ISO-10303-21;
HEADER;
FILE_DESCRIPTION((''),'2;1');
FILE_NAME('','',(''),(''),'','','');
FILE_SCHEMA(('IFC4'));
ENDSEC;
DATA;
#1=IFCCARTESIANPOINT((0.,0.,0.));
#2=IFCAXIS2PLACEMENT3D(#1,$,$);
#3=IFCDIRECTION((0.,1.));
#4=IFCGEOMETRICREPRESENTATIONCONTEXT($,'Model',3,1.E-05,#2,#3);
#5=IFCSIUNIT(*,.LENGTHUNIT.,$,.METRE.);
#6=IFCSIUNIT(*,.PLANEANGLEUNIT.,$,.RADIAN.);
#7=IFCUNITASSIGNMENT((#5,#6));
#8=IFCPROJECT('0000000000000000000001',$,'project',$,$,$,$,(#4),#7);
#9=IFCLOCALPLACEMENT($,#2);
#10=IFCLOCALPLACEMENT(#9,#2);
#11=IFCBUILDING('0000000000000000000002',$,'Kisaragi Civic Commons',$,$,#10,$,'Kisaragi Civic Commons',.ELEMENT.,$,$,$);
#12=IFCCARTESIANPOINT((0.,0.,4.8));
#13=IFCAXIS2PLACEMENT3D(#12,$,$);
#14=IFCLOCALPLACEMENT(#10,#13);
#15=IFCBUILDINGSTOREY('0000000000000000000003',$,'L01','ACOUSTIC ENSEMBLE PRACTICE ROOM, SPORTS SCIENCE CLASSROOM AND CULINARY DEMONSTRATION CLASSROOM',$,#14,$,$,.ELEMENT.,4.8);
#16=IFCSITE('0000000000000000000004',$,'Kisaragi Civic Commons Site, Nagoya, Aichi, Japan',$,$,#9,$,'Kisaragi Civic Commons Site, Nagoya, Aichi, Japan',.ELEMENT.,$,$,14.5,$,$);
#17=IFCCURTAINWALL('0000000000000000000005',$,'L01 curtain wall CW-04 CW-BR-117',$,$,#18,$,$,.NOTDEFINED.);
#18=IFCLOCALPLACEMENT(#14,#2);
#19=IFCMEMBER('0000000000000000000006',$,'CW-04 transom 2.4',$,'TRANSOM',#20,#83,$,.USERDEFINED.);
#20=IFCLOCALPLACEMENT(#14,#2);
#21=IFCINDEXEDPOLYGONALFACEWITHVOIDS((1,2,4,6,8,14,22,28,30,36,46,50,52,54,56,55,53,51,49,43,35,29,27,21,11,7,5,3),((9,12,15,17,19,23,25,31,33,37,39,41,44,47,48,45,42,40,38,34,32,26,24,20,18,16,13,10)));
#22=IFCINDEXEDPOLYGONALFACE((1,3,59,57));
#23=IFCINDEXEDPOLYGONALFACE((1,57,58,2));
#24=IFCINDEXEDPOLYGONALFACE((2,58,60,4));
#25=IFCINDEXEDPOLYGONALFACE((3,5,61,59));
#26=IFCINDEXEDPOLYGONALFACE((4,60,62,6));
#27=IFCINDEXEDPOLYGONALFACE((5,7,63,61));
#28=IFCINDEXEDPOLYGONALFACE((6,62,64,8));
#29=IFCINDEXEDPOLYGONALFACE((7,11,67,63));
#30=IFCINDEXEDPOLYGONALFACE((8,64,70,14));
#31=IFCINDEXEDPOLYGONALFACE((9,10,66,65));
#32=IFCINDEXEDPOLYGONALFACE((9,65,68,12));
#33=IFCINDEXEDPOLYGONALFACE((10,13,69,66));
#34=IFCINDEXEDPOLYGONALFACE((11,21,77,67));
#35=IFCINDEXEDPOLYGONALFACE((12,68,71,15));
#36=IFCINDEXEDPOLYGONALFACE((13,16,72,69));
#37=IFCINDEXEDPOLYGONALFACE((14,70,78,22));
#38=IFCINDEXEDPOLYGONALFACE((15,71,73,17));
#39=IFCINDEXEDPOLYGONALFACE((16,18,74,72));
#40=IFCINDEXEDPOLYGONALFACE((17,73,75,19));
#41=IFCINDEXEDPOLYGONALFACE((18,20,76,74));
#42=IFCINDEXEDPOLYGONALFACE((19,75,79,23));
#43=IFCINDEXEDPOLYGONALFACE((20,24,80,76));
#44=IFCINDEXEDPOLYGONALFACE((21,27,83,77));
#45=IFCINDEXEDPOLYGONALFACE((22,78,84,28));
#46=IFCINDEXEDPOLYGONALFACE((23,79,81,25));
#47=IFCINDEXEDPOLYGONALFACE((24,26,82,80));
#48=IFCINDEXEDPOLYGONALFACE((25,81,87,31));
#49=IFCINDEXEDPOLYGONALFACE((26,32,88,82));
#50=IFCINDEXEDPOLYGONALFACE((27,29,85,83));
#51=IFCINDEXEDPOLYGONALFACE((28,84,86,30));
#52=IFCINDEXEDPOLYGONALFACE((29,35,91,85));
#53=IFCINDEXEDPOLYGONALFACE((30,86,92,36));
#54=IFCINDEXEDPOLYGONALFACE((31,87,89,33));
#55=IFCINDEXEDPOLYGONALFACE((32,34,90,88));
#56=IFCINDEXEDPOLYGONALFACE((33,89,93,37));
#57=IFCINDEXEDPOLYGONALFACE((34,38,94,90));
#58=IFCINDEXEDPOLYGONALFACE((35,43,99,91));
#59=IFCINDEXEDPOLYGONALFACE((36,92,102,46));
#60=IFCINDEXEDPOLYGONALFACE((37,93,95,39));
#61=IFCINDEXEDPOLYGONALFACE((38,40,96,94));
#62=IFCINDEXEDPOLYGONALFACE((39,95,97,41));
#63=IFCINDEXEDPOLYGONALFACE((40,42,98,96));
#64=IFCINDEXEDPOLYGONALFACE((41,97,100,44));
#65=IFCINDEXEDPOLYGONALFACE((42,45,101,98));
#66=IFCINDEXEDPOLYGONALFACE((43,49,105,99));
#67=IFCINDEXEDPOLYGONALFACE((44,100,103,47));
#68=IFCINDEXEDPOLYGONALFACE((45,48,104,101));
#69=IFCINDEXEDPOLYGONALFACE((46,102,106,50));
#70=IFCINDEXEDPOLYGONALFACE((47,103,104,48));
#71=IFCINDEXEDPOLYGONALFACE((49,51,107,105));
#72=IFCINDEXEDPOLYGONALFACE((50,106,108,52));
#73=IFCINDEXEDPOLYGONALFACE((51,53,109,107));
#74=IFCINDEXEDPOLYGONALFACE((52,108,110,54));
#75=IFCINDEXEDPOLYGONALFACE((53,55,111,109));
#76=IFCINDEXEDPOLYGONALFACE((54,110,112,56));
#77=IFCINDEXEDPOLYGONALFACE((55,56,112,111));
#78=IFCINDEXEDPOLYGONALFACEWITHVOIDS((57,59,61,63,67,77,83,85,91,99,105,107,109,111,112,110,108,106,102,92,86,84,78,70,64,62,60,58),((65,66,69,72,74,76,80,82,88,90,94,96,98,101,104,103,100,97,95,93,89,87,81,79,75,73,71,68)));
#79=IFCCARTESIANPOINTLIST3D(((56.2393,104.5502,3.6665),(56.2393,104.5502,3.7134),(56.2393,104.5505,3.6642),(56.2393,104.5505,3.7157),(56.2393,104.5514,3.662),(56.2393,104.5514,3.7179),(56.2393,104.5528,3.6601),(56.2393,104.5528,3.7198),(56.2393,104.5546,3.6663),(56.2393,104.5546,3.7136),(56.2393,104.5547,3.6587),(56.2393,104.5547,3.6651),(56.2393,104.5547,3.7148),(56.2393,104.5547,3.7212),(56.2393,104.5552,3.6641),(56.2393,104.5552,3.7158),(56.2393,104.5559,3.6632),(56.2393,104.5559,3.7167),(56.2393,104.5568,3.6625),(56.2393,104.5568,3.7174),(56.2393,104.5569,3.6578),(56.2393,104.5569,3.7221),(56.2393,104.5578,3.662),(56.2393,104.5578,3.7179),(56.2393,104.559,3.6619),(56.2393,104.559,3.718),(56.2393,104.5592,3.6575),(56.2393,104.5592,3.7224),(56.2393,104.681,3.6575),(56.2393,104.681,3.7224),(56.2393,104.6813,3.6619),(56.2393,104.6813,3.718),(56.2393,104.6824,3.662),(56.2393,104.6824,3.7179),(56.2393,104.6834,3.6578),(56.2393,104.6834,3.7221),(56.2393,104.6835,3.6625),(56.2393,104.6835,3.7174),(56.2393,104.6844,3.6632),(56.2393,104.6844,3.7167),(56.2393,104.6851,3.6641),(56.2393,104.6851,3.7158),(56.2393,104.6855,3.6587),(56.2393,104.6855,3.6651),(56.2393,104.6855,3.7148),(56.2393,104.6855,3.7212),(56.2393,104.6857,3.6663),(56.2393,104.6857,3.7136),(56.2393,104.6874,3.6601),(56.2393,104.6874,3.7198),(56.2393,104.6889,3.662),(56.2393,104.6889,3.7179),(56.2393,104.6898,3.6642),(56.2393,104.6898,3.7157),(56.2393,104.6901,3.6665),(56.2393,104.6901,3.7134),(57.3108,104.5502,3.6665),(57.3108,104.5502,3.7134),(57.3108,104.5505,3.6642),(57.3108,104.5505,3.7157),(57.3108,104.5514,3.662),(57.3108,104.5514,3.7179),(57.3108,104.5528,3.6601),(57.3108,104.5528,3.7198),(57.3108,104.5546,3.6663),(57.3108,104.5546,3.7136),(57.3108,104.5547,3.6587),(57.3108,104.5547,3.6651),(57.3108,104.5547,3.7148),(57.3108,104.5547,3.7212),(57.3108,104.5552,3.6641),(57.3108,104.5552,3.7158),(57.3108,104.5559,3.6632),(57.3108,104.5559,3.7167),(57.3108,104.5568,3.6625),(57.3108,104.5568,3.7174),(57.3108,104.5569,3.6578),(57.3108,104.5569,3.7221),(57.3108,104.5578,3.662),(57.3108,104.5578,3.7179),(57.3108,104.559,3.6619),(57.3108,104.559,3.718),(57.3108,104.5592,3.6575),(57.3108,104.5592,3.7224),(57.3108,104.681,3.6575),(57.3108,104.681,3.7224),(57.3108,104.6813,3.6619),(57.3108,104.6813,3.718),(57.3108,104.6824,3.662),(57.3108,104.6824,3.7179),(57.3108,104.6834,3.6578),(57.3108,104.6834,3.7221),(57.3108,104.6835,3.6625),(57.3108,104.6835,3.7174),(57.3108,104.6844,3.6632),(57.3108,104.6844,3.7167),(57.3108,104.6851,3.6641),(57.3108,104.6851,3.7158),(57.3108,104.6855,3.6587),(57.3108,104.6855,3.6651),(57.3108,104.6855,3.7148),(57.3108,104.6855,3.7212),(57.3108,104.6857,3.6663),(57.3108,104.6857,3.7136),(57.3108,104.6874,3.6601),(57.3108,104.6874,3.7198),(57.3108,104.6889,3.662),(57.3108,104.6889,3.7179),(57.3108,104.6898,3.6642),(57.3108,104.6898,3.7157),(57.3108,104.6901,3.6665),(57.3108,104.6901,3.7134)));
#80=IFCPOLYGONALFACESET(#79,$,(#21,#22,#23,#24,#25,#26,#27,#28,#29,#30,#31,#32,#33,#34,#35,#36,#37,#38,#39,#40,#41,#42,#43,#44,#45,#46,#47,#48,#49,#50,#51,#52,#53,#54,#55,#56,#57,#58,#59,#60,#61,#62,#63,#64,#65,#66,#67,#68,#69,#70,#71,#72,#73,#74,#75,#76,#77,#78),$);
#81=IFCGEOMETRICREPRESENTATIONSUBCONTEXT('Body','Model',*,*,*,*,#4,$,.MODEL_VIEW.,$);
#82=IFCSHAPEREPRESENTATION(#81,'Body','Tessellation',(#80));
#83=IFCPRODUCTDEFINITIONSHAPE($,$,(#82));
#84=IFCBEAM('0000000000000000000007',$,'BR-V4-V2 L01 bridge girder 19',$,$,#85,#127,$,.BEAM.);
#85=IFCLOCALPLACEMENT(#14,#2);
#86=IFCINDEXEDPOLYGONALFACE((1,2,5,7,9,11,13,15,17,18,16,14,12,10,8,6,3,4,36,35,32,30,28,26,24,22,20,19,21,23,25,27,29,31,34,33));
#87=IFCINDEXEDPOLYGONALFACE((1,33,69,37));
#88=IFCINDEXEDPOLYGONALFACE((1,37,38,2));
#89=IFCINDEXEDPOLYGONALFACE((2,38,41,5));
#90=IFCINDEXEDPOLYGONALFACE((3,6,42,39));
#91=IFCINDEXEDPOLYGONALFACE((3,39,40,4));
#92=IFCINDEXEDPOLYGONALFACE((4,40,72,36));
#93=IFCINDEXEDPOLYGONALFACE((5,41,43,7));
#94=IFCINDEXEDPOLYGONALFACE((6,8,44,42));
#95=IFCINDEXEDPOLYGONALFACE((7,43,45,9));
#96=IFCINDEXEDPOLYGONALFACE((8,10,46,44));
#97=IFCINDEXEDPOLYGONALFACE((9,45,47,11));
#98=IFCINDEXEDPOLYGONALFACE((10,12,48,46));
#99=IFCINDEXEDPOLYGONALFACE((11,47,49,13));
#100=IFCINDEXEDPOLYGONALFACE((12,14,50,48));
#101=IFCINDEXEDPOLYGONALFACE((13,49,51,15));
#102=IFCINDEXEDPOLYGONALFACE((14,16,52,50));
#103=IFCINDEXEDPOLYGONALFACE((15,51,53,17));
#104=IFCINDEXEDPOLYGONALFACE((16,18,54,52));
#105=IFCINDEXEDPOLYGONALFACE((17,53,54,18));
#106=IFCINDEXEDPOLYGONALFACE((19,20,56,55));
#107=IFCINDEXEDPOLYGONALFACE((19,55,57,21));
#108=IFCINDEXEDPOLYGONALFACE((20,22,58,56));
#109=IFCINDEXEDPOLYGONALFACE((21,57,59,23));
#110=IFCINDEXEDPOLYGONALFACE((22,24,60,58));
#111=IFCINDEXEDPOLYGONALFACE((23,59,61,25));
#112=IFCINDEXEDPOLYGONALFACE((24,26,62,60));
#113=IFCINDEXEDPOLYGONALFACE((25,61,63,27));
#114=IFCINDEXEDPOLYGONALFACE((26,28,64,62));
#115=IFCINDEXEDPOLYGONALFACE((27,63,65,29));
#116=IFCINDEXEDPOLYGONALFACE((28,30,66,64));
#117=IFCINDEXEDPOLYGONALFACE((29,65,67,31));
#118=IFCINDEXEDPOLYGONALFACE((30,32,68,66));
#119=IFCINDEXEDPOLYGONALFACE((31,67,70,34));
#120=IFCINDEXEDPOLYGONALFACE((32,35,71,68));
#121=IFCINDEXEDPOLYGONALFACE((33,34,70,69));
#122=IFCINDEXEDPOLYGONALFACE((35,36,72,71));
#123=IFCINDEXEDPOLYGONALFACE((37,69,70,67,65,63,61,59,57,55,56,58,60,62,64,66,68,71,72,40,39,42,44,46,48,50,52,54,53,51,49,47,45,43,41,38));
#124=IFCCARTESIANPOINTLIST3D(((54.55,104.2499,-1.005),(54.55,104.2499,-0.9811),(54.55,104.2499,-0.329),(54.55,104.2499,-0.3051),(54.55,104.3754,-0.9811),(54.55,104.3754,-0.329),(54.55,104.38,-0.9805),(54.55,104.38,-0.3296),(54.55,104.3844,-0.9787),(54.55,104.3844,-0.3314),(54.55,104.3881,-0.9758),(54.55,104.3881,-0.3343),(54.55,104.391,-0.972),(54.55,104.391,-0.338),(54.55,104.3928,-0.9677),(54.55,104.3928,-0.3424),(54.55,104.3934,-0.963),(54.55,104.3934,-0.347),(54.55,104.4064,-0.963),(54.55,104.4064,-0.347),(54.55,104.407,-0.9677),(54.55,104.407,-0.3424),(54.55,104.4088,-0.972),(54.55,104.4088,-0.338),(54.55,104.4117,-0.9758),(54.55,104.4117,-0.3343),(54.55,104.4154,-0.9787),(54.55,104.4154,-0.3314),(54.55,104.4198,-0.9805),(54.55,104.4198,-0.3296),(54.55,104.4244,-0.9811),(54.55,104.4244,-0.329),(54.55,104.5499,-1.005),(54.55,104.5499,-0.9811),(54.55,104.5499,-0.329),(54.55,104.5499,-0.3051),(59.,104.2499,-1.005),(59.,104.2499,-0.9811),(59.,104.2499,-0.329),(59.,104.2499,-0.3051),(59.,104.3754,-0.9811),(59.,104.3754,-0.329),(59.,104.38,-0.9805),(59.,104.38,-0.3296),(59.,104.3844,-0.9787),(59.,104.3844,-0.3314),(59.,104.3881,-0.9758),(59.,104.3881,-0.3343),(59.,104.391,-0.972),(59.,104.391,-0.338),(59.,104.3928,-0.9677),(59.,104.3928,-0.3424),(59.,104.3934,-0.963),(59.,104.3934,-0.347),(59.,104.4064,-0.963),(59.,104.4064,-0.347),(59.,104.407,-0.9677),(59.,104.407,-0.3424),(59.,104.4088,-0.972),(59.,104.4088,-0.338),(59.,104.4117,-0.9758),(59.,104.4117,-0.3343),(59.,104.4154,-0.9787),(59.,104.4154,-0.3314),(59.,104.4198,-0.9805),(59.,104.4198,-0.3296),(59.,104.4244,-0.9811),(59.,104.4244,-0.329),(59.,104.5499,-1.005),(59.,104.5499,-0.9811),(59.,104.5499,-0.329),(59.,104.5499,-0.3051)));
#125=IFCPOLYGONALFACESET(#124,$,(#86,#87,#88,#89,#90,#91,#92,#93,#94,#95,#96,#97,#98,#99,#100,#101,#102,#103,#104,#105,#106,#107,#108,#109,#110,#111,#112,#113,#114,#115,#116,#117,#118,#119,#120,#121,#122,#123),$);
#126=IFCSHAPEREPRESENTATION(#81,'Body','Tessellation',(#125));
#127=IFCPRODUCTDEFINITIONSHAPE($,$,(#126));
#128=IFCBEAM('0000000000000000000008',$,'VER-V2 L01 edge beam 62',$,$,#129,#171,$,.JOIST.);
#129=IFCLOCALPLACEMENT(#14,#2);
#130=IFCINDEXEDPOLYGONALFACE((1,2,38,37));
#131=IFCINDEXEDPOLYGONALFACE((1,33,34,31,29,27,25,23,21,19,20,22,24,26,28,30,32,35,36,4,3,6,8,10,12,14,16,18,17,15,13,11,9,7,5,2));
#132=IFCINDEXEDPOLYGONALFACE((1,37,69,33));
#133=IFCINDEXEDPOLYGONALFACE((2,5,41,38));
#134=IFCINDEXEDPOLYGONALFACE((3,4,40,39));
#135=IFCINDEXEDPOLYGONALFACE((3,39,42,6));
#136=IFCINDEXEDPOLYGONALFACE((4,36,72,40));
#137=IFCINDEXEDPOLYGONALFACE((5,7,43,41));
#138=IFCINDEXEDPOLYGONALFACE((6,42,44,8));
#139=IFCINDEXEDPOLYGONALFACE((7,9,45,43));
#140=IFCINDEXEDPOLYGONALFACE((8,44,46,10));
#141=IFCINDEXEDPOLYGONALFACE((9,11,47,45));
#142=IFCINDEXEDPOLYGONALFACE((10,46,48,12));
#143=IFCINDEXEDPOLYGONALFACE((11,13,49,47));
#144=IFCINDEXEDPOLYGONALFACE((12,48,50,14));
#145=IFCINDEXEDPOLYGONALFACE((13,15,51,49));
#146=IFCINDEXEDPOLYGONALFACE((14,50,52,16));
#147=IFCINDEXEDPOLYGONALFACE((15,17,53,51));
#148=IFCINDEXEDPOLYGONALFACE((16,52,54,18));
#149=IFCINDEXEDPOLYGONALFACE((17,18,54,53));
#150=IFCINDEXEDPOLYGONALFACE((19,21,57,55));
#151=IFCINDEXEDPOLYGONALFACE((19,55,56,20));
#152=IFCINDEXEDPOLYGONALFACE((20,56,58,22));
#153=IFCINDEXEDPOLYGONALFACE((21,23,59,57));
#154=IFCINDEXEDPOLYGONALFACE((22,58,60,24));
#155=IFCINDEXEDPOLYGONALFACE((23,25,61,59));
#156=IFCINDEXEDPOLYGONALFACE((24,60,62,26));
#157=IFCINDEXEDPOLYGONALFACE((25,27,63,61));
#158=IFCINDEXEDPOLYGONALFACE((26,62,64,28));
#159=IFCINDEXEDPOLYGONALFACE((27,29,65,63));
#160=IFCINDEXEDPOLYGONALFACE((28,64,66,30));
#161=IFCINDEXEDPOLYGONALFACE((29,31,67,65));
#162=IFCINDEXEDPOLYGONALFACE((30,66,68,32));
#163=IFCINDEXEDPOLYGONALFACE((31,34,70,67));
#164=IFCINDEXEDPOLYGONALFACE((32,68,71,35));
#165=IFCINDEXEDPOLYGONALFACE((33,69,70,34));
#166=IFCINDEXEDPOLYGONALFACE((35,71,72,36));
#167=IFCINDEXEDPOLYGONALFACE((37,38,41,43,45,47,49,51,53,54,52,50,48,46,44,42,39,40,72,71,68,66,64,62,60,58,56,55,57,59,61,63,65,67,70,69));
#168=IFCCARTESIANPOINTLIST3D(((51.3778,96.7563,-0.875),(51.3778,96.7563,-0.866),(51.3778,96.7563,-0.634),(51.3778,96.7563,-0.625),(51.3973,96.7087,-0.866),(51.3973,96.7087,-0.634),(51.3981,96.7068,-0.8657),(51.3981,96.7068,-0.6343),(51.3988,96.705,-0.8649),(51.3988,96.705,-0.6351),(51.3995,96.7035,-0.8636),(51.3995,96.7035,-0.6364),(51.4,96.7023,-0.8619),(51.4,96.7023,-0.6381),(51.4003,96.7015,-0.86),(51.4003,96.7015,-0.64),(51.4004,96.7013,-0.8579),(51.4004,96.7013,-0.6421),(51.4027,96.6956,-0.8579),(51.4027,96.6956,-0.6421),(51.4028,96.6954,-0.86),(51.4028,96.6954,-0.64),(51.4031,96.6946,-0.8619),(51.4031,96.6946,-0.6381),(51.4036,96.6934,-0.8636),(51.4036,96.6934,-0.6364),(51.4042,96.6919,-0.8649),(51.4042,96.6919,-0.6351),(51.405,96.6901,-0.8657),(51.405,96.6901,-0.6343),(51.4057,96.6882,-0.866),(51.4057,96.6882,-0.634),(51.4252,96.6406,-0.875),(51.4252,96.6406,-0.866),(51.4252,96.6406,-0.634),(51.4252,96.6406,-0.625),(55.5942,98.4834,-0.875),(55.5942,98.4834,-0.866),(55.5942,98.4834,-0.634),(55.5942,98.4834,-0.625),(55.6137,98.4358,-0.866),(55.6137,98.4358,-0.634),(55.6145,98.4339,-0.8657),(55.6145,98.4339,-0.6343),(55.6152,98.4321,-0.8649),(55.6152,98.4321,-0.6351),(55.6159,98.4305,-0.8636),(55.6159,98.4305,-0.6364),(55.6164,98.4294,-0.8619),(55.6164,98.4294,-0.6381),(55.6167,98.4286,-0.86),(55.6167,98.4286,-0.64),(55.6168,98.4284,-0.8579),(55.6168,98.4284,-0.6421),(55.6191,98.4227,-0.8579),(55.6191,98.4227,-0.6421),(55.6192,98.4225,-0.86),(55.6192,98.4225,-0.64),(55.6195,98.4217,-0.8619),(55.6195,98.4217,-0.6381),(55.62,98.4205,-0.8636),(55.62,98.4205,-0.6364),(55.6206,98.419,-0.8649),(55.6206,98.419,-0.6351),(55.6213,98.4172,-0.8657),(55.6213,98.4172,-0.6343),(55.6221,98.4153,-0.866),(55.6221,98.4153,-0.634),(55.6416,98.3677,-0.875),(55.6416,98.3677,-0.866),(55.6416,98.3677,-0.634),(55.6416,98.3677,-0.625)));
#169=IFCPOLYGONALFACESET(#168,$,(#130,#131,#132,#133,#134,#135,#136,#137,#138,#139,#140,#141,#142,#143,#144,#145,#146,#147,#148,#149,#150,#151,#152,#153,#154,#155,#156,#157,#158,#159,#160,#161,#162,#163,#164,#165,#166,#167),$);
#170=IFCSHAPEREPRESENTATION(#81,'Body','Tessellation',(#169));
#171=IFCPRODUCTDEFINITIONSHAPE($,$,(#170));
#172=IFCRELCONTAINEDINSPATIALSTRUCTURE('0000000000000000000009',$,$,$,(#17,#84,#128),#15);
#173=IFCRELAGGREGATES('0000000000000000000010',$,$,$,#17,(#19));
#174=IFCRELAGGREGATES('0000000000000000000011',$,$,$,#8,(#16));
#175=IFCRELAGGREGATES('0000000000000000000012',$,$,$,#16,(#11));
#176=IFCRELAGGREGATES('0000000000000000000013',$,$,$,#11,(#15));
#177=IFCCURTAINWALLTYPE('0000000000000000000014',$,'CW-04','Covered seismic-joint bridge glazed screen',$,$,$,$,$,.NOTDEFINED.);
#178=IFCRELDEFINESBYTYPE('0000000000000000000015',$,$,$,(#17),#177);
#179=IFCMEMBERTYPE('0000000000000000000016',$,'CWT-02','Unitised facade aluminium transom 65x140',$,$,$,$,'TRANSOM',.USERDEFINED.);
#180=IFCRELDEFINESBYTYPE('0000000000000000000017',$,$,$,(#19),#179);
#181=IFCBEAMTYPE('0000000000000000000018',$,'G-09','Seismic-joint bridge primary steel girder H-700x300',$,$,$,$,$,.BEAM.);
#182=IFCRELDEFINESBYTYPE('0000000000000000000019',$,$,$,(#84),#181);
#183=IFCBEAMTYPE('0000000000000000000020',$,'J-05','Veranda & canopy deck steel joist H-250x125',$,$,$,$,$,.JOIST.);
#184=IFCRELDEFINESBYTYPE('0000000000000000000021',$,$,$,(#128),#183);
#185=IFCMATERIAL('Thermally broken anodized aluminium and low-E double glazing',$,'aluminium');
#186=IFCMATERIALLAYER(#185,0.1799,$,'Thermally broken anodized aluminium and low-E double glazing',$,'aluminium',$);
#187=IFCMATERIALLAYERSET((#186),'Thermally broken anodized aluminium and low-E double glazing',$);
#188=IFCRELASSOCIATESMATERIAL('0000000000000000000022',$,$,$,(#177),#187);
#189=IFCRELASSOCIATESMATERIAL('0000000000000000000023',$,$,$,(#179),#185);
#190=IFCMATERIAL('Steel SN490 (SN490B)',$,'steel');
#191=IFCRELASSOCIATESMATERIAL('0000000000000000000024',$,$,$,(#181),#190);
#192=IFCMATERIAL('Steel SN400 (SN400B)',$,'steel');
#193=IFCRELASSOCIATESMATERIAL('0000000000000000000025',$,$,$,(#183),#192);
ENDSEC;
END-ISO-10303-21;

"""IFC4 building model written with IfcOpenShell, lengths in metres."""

from ifc_helpers import new_model, si_unit, direction, frame, origin, origin_2d, place, context, subcontext, project, spatial, hollow_rectangle, i_section, extrude, material, layer, layer_set, material_profile, profile_set, type_object, element, aggregate, save


model = new_model("IFC4")

# Units and contexts
model_context = context("Model", 3, precision=1e-05, world=origin(), true_north=direction((0.0, 1.0)))
body_context = subcontext(model_context, "Body", "Model", "MODEL_VIEW")
ifc_project = project(units=[si_unit("LENGTHUNIT", "METRE"), si_unit("PLANEANGLEUNIT", "RADIAN")], contexts=[model_context])

# Site, building, storey
site_placement = place(None, origin())
site = spatial("IfcSite", under=ifc_project, at=site_placement, Name="Kisaragi Civic Commons Site, Nagoya, Aichi, Japan", LongName="Kisaragi Civic Commons Site, Nagoya, Aichi, Japan", CompositionType="ELEMENT", RefElevation=14.5)
building_placement = place(site_placement, origin())
building = spatial("IfcBuilding", under=site, at=building_placement, Name="Kisaragi Civic Commons", LongName="Kisaragi Civic Commons", CompositionType="ELEMENT")
storey_placement = place(building_placement, frame((0.0, 0.0, 4.8)))
storey = spatial("IfcBuildingStorey", under=building, at=storey_placement, Name="L01", Description="ACOUSTIC ENSEMBLE PRACTICE ROOM, SPORTS SCIENCE CLASSROOM AND CULINARY DEMONSTRATION CLASSROOM", CompositionType="ELEMENT", Elevation=4.8)

# Curtain wall, member
ifc_material_1 = material(Name="Thermally broken anodized aluminium and low-E double glazing", Category="aluminium")
ifc_layer_1 = layer(ifc_material_1, 0.1799, Name="Thermally broken anodized aluminium and low-E double glazing", Category="aluminium")
ifc_layer_set_1 = layer_set([ifc_layer_1], Name="Thermally broken anodized aluminium and low-E double glazing")
curtain_wall_type = type_object("IfcCurtainWallType", Name="CW-04", Description="Covered seismic-joint bridge glazed screen", PredefinedType="NOTDEFINED", material=ifc_layer_set_1)
curtain_wall_placement = place(storey_placement, origin())
curtain_wall = element("IfcCurtainWall", 1, at=curtain_wall_placement, inside=storey, type_object=curtain_wall_type, Name="L01 curtain wall CW-04 CW-BR-117", PredefinedType="NOTDEFINED")
ifc_material_profile_1 = material_profile(ifc_material_1, hollow_rectangle(XDim=0.1399, YDim=0.0649, WallThickness=0.0044, InnerFilletRadius=0.0044, OuterFilletRadius=0.009, at=origin_2d()), Name="CWT-65x140x4.5", Category="aluminium")
ifc_profile_set_1 = profile_set([ifc_material_profile_1], Name="Thermally broken anodized aluminium and low-E double glazing")
member_type_1 = type_object("IfcMemberType", Name="CWT-02", Description="Unitised facade aluminium transom 65x140", ElementType="TRANSOM", PredefinedType="USERDEFINED", material=ifc_profile_set_1)
member_1_placement = place(storey_placement, frame((56.2393, 104.6201, 3.6899), z_axis=(1.0, 0.0, 0.0), x_axis=(0.0, 1.0, 0.0)))
member_1 = element("IfcMember", 2, at=member_1_placement, type_object=member_type_1, Name="CW-04 transom 2.4", ObjectType="TRANSOM", PredefinedType="USERDEFINED", context=body_context, shape_type="SweptSolid", body=[
    extrude(hollow_rectangle(XDim=0.1399, YDim=0.0649, WallThickness=0.0044, InnerFilletRadius=0.0044, OuterFilletRadius=0.009, at=origin_2d()), origin(), (0.0, 0.0, 1.0), 1.0715),
])

# Beams
ifc_material_2 = material(Name="Steel SN490 (SN490B)", Category="steel")
ifc_material_profile_2 = material_profile(ifc_material_2, i_section(OverallWidth=0.3, OverallDepth=0.7, WebThickness=0.0129, FlangeThickness=0.0239, FilletRadius=0.0181, at=origin_2d()), Name="H-700x300x13x24", Category="steel")
ifc_profile_set_2 = profile_set([ifc_material_profile_2], Name="Steel SN490 (SN490B)")
beam_type_1 = type_object("IfcBeamType", Name="G-09", Description="Seismic-joint bridge primary steel girder H-700x300", PredefinedType="BEAM", material=ifc_profile_set_2)
beam_1_placement = place(storey_placement, frame((59.0, 104.3999, -0.655), z_axis=(-1.0, 0.0, 0.0), x_axis=(0.0, -1.0, 0.0)))
element("IfcBeam", 3, at=beam_1_placement, inside=storey, type_object=beam_type_1, Name="BR-V4-V2 L01 bridge girder 19", PredefinedType="BEAM", context=body_context, shape_type="SweptSolid", body=[
    extrude(i_section(OverallWidth=0.3, OverallDepth=0.7, WebThickness=0.0129, FlangeThickness=0.0239, FilletRadius=0.0181, at=origin_2d()), origin(), (0.0, 0.0, 1.0), 4.45),
])
ifc_material_3 = material(Name="Steel SN400 (SN400B)", Category="steel")
ifc_material_profile_3 = material_profile(ifc_material_3, i_section(OverallWidth=0.125, OverallDepth=0.25, WebThickness=0.0061, FlangeThickness=0.009, FilletRadius=0.0081, at=origin_2d()), Name="H-250x125x6x9", Category="steel")
ifc_profile_set_3 = profile_set([ifc_material_profile_3], Name="Steel SN400 (SN400B)")
beam_type_2 = type_object("IfcBeamType", Name="J-05", Description="Veranda & canopy deck steel joist H-250x125", PredefinedType="JOIST", material=ifc_profile_set_3)
beam_2_placement = place(storey_placement, frame((55.6179, 98.4255, -0.75), z_axis=(-0.925378, -0.379046, 0.0), x_axis=(0.379046, -0.925378, 0.0)))
element("IfcBeam", 4, at=beam_2_placement, inside=storey, type_object=beam_type_2, Name="VER-V2 L01 edge beam 62", PredefinedType="JOIST", context=body_context, shape_type="SweptSolid", body=[
    extrude(i_section(OverallWidth=0.125, OverallDepth=0.25, WebThickness=0.0061, FlangeThickness=0.009, FilletRadius=0.0081, at=origin_2d()), origin(), (0.0, 0.0, 1.0), 4.5564),
])

aggregate(curtain_wall, [member_1])

save(model, "model.ifc")
